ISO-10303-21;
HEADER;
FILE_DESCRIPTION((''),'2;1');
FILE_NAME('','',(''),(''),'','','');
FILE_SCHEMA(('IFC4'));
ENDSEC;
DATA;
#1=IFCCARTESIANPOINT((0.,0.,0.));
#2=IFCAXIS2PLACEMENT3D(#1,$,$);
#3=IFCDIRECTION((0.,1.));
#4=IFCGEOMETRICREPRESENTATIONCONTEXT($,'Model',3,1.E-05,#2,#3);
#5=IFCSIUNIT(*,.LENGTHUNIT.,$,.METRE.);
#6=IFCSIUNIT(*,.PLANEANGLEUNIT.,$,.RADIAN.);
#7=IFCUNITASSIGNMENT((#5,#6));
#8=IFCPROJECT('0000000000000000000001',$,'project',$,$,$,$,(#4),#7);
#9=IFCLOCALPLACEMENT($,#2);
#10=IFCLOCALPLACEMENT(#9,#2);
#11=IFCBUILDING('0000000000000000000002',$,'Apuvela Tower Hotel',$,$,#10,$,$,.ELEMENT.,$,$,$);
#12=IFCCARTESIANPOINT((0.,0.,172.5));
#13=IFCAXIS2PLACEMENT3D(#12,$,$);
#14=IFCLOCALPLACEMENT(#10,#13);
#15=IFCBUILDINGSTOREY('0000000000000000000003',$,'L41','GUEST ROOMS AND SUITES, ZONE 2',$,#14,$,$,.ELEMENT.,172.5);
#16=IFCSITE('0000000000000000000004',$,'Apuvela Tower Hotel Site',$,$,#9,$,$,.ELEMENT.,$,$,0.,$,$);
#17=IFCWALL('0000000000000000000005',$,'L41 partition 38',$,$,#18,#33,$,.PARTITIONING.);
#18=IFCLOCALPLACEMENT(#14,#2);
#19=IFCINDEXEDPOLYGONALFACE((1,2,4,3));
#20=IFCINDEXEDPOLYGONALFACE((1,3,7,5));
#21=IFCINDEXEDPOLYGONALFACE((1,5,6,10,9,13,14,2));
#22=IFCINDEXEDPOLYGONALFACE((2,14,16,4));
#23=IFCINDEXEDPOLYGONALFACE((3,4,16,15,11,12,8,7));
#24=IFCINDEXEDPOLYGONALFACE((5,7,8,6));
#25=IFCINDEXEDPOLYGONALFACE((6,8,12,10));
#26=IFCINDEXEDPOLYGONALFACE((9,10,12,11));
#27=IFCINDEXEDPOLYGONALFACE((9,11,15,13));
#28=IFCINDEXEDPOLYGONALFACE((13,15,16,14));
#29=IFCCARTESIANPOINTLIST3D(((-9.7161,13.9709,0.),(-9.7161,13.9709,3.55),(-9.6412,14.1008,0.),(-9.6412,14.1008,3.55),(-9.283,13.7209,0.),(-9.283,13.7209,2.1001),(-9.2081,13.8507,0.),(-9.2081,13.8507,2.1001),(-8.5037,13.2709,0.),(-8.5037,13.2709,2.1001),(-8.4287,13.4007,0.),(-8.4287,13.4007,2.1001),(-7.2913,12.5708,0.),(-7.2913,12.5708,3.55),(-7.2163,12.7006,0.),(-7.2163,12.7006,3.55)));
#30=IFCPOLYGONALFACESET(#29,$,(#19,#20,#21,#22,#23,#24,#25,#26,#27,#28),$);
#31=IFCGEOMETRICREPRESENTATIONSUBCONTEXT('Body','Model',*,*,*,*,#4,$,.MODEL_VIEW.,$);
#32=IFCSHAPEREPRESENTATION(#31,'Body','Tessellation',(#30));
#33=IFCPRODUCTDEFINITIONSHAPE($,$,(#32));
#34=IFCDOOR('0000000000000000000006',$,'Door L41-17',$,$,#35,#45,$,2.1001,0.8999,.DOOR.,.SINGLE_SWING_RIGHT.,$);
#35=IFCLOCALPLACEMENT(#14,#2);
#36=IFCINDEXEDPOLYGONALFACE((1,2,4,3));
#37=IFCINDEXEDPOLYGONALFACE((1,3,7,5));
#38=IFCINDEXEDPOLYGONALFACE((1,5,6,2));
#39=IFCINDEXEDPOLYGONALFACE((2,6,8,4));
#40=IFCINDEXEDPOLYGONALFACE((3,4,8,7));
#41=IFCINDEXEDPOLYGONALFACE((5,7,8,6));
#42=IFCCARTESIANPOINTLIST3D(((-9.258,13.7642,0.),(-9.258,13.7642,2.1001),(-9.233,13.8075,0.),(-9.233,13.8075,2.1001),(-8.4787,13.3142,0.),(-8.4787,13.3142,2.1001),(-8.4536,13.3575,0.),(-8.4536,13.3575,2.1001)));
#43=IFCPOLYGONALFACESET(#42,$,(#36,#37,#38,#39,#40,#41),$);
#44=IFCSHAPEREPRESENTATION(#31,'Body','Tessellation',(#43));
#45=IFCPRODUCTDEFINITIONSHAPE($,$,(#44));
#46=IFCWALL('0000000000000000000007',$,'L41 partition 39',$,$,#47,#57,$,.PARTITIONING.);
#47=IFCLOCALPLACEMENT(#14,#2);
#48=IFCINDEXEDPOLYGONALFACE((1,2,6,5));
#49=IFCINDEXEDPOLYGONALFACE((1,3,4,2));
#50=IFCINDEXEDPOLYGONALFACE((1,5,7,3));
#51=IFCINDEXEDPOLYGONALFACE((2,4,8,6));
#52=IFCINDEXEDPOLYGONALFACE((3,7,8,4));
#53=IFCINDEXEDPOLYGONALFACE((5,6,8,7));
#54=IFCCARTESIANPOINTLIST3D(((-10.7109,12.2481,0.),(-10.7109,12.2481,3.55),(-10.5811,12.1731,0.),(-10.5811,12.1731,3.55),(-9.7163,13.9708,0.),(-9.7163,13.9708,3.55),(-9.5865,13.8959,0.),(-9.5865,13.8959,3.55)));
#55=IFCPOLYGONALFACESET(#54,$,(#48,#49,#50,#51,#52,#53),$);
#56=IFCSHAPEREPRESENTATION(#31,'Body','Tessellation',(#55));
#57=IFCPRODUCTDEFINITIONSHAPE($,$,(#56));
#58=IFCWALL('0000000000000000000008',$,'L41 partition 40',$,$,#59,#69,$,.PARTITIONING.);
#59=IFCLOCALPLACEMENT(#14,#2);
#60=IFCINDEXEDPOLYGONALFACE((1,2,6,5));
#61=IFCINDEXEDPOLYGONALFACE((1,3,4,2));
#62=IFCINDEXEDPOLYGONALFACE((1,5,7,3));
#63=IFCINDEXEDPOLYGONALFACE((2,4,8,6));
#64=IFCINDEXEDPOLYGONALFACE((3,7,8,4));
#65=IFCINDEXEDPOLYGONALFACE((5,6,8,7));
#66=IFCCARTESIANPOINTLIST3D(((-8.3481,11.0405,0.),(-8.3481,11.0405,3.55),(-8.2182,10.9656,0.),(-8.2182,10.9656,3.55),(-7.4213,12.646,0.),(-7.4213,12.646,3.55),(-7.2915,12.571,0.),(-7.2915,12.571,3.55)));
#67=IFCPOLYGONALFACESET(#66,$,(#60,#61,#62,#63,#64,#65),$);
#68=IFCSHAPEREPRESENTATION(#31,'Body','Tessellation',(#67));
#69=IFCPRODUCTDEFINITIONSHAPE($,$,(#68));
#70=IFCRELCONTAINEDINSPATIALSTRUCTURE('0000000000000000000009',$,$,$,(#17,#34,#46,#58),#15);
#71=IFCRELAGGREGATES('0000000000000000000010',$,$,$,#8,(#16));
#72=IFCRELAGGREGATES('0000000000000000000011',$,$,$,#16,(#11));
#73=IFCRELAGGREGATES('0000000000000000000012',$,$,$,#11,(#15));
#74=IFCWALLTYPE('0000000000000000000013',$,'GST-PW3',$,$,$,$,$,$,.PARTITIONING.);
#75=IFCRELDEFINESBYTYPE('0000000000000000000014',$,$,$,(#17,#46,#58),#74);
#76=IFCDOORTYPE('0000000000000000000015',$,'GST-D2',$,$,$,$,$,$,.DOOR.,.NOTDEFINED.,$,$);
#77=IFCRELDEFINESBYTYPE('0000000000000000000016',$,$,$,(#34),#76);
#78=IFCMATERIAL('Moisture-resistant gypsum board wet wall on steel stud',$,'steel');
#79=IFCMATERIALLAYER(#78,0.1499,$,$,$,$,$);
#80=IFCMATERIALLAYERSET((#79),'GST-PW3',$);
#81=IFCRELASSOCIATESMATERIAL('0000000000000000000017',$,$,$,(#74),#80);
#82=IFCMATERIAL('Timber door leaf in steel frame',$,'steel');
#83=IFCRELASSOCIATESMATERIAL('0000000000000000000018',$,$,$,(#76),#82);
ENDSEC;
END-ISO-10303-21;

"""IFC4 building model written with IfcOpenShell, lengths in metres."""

from ifc_helpers import new_model, si_unit, direction, frame, frame_2d, origin, place, context, subcontext, project, spatial, rectangle, extrude, material, layer, layer_set, type_object, element, fill, save


model = new_model("IFC4")

# Units and contexts
model_context = context("Model", 3, precision=1e-05, world=origin(), true_north=direction((0.0, 1.0)))
body_context = subcontext(model_context, "Body", "Model", "MODEL_VIEW")
ifc_project = project(units=[si_unit("LENGTHUNIT", "METRE"), si_unit("PLANEANGLEUNIT", "RADIAN")], contexts=[model_context])

# Site, building, storey
site_placement = place(None, origin())
site = spatial("IfcSite", under=ifc_project, at=site_placement, Name="Apuvela Tower Hotel Site", CompositionType="ELEMENT", RefElevation=0.0)
building_placement = place(site_placement, origin())
building = spatial("IfcBuilding", under=site, at=building_placement, Name="Apuvela Tower Hotel", CompositionType="ELEMENT")
storey_placement = place(building_placement, frame((0.0, 0.0, 172.5)))
storey = spatial("IfcBuildingStorey", under=building, at=storey_placement, Name="L41", Description="GUEST ROOMS AND SUITES, ZONE 2", CompositionType="ELEMENT", Elevation=172.5)

# Wall, opening, door
ifc_material_1 = material(Name="Moisture-resistant gypsum board wet wall on steel stud", Category="steel")
ifc_layer_1 = layer(ifc_material_1, 0.1499)
ifc_layer_set_1 = layer_set([ifc_layer_1], Name="GST-PW3")
wall_type_1 = type_object("IfcWallType", Name="GST-PW3", PredefinedType="PARTITIONING", material=ifc_layer_set_1)
wall_1_placement = place(storey_placement, frame((-7.2539, 12.6357, 0.0), z_axis=(0.0, 0.0, 1.0), x_axis=(-0.865997, 0.50005, 0.0)))
wall_1 = element("IfcWall", 1, at=wall_1_placement, inside=storey, type_object=wall_type_1, Name="L41 partition 38", PredefinedType="PARTITIONING", context=body_context, shape_type="SweptSolid", body=[
    extrude(rectangle(XDim=2.8, YDim=0.1499, at=frame_2d((1.3999, 0.0))), origin(), (0.0, 0.0, 1.0), 3.55),
])
opening_1_placement = place(wall_1_placement, frame((1.3999, 0.0, 0.0)))
opening_1 = element("IfcOpeningElement", 2, at=opening_1_placement, cuts=wall_1, PredefinedType="OPENING", context=body_context, shape_type="SweptSolid", body=[
    extrude(rectangle(XDim=0.8999, YDim=2.1001, at=frame_2d((0.45, 1.05))), frame((0.0, 0.085, 0.0), z_axis=(0.0, -1.0, 0.0), x_axis=(1.0, 0.0, 0.0)), (0.0, 0.0, 1.0), 0.1699),
])
ifc_material_2 = material(Name="Timber door leaf in steel frame", Category="steel")
door_type_1 = type_object("IfcDoorType", Name="GST-D2", OperationType="NOTDEFINED", PredefinedType="DOOR", material=ifc_material_2)
door_1_placement = place(opening_1_placement, origin())
door_1 = element("IfcDoor", 3, at=door_1_placement, inside=storey, type_object=door_type_1, Name="Door L41-17", OperationType="SINGLE_SWING_RIGHT", OverallHeight=2.1001, OverallWidth=0.8999, PredefinedType="DOOR", context=body_context, shape_type="SweptSolid", body=[
    extrude(rectangle(XDim=0.8999, YDim=2.1001, at=frame_2d((0.45, 1.05))), frame((0.0, 0.0249, 0.0), z_axis=(0.0, -1.0, 0.0), x_axis=(1.0, 0.0, 0.0)), (0.0, 0.0, 1.0), 0.05),
])
fill(opening_1, door_1)

# Walls
wall_2_placement = place(storey_placement, frame((-9.6514, 13.9333, 0.0), z_axis=(0.0, 0.0, 1.0), x_axis=(-0.50002, -0.866014, 0.0)))
element("IfcWall", 4, at=wall_2_placement, inside=storey, type_object=wall_type_1, Name="L41 partition 39", PredefinedType="PARTITIONING", context=body_context, shape_type="SweptSolid", body=[
    extrude(rectangle(XDim=1.9893, YDim=0.1499, at=frame_2d((0.9946, 0.0))), origin(), (0.0, 0.0, 1.0), 3.55),
])
wall_3_placement = place(storey_placement, frame((-7.3564, 12.6084, 0.0), z_axis=(0.0, 0.0, 1.0), x_axis=(-0.499935, -0.866063, 0.0)))
element("IfcWall", 5, at=wall_3_placement, inside=storey, type_object=wall_type_1, Name="L41 partition 40", PredefinedType="PARTITIONING", context=body_context, shape_type="SweptSolid", body=[
    extrude(rectangle(XDim=1.8538, YDim=0.1499, at=frame_2d((0.9268, 0.0))), origin(), (0.0, 0.0, 1.0), 3.55),
])

save(model, "model.ifc")
